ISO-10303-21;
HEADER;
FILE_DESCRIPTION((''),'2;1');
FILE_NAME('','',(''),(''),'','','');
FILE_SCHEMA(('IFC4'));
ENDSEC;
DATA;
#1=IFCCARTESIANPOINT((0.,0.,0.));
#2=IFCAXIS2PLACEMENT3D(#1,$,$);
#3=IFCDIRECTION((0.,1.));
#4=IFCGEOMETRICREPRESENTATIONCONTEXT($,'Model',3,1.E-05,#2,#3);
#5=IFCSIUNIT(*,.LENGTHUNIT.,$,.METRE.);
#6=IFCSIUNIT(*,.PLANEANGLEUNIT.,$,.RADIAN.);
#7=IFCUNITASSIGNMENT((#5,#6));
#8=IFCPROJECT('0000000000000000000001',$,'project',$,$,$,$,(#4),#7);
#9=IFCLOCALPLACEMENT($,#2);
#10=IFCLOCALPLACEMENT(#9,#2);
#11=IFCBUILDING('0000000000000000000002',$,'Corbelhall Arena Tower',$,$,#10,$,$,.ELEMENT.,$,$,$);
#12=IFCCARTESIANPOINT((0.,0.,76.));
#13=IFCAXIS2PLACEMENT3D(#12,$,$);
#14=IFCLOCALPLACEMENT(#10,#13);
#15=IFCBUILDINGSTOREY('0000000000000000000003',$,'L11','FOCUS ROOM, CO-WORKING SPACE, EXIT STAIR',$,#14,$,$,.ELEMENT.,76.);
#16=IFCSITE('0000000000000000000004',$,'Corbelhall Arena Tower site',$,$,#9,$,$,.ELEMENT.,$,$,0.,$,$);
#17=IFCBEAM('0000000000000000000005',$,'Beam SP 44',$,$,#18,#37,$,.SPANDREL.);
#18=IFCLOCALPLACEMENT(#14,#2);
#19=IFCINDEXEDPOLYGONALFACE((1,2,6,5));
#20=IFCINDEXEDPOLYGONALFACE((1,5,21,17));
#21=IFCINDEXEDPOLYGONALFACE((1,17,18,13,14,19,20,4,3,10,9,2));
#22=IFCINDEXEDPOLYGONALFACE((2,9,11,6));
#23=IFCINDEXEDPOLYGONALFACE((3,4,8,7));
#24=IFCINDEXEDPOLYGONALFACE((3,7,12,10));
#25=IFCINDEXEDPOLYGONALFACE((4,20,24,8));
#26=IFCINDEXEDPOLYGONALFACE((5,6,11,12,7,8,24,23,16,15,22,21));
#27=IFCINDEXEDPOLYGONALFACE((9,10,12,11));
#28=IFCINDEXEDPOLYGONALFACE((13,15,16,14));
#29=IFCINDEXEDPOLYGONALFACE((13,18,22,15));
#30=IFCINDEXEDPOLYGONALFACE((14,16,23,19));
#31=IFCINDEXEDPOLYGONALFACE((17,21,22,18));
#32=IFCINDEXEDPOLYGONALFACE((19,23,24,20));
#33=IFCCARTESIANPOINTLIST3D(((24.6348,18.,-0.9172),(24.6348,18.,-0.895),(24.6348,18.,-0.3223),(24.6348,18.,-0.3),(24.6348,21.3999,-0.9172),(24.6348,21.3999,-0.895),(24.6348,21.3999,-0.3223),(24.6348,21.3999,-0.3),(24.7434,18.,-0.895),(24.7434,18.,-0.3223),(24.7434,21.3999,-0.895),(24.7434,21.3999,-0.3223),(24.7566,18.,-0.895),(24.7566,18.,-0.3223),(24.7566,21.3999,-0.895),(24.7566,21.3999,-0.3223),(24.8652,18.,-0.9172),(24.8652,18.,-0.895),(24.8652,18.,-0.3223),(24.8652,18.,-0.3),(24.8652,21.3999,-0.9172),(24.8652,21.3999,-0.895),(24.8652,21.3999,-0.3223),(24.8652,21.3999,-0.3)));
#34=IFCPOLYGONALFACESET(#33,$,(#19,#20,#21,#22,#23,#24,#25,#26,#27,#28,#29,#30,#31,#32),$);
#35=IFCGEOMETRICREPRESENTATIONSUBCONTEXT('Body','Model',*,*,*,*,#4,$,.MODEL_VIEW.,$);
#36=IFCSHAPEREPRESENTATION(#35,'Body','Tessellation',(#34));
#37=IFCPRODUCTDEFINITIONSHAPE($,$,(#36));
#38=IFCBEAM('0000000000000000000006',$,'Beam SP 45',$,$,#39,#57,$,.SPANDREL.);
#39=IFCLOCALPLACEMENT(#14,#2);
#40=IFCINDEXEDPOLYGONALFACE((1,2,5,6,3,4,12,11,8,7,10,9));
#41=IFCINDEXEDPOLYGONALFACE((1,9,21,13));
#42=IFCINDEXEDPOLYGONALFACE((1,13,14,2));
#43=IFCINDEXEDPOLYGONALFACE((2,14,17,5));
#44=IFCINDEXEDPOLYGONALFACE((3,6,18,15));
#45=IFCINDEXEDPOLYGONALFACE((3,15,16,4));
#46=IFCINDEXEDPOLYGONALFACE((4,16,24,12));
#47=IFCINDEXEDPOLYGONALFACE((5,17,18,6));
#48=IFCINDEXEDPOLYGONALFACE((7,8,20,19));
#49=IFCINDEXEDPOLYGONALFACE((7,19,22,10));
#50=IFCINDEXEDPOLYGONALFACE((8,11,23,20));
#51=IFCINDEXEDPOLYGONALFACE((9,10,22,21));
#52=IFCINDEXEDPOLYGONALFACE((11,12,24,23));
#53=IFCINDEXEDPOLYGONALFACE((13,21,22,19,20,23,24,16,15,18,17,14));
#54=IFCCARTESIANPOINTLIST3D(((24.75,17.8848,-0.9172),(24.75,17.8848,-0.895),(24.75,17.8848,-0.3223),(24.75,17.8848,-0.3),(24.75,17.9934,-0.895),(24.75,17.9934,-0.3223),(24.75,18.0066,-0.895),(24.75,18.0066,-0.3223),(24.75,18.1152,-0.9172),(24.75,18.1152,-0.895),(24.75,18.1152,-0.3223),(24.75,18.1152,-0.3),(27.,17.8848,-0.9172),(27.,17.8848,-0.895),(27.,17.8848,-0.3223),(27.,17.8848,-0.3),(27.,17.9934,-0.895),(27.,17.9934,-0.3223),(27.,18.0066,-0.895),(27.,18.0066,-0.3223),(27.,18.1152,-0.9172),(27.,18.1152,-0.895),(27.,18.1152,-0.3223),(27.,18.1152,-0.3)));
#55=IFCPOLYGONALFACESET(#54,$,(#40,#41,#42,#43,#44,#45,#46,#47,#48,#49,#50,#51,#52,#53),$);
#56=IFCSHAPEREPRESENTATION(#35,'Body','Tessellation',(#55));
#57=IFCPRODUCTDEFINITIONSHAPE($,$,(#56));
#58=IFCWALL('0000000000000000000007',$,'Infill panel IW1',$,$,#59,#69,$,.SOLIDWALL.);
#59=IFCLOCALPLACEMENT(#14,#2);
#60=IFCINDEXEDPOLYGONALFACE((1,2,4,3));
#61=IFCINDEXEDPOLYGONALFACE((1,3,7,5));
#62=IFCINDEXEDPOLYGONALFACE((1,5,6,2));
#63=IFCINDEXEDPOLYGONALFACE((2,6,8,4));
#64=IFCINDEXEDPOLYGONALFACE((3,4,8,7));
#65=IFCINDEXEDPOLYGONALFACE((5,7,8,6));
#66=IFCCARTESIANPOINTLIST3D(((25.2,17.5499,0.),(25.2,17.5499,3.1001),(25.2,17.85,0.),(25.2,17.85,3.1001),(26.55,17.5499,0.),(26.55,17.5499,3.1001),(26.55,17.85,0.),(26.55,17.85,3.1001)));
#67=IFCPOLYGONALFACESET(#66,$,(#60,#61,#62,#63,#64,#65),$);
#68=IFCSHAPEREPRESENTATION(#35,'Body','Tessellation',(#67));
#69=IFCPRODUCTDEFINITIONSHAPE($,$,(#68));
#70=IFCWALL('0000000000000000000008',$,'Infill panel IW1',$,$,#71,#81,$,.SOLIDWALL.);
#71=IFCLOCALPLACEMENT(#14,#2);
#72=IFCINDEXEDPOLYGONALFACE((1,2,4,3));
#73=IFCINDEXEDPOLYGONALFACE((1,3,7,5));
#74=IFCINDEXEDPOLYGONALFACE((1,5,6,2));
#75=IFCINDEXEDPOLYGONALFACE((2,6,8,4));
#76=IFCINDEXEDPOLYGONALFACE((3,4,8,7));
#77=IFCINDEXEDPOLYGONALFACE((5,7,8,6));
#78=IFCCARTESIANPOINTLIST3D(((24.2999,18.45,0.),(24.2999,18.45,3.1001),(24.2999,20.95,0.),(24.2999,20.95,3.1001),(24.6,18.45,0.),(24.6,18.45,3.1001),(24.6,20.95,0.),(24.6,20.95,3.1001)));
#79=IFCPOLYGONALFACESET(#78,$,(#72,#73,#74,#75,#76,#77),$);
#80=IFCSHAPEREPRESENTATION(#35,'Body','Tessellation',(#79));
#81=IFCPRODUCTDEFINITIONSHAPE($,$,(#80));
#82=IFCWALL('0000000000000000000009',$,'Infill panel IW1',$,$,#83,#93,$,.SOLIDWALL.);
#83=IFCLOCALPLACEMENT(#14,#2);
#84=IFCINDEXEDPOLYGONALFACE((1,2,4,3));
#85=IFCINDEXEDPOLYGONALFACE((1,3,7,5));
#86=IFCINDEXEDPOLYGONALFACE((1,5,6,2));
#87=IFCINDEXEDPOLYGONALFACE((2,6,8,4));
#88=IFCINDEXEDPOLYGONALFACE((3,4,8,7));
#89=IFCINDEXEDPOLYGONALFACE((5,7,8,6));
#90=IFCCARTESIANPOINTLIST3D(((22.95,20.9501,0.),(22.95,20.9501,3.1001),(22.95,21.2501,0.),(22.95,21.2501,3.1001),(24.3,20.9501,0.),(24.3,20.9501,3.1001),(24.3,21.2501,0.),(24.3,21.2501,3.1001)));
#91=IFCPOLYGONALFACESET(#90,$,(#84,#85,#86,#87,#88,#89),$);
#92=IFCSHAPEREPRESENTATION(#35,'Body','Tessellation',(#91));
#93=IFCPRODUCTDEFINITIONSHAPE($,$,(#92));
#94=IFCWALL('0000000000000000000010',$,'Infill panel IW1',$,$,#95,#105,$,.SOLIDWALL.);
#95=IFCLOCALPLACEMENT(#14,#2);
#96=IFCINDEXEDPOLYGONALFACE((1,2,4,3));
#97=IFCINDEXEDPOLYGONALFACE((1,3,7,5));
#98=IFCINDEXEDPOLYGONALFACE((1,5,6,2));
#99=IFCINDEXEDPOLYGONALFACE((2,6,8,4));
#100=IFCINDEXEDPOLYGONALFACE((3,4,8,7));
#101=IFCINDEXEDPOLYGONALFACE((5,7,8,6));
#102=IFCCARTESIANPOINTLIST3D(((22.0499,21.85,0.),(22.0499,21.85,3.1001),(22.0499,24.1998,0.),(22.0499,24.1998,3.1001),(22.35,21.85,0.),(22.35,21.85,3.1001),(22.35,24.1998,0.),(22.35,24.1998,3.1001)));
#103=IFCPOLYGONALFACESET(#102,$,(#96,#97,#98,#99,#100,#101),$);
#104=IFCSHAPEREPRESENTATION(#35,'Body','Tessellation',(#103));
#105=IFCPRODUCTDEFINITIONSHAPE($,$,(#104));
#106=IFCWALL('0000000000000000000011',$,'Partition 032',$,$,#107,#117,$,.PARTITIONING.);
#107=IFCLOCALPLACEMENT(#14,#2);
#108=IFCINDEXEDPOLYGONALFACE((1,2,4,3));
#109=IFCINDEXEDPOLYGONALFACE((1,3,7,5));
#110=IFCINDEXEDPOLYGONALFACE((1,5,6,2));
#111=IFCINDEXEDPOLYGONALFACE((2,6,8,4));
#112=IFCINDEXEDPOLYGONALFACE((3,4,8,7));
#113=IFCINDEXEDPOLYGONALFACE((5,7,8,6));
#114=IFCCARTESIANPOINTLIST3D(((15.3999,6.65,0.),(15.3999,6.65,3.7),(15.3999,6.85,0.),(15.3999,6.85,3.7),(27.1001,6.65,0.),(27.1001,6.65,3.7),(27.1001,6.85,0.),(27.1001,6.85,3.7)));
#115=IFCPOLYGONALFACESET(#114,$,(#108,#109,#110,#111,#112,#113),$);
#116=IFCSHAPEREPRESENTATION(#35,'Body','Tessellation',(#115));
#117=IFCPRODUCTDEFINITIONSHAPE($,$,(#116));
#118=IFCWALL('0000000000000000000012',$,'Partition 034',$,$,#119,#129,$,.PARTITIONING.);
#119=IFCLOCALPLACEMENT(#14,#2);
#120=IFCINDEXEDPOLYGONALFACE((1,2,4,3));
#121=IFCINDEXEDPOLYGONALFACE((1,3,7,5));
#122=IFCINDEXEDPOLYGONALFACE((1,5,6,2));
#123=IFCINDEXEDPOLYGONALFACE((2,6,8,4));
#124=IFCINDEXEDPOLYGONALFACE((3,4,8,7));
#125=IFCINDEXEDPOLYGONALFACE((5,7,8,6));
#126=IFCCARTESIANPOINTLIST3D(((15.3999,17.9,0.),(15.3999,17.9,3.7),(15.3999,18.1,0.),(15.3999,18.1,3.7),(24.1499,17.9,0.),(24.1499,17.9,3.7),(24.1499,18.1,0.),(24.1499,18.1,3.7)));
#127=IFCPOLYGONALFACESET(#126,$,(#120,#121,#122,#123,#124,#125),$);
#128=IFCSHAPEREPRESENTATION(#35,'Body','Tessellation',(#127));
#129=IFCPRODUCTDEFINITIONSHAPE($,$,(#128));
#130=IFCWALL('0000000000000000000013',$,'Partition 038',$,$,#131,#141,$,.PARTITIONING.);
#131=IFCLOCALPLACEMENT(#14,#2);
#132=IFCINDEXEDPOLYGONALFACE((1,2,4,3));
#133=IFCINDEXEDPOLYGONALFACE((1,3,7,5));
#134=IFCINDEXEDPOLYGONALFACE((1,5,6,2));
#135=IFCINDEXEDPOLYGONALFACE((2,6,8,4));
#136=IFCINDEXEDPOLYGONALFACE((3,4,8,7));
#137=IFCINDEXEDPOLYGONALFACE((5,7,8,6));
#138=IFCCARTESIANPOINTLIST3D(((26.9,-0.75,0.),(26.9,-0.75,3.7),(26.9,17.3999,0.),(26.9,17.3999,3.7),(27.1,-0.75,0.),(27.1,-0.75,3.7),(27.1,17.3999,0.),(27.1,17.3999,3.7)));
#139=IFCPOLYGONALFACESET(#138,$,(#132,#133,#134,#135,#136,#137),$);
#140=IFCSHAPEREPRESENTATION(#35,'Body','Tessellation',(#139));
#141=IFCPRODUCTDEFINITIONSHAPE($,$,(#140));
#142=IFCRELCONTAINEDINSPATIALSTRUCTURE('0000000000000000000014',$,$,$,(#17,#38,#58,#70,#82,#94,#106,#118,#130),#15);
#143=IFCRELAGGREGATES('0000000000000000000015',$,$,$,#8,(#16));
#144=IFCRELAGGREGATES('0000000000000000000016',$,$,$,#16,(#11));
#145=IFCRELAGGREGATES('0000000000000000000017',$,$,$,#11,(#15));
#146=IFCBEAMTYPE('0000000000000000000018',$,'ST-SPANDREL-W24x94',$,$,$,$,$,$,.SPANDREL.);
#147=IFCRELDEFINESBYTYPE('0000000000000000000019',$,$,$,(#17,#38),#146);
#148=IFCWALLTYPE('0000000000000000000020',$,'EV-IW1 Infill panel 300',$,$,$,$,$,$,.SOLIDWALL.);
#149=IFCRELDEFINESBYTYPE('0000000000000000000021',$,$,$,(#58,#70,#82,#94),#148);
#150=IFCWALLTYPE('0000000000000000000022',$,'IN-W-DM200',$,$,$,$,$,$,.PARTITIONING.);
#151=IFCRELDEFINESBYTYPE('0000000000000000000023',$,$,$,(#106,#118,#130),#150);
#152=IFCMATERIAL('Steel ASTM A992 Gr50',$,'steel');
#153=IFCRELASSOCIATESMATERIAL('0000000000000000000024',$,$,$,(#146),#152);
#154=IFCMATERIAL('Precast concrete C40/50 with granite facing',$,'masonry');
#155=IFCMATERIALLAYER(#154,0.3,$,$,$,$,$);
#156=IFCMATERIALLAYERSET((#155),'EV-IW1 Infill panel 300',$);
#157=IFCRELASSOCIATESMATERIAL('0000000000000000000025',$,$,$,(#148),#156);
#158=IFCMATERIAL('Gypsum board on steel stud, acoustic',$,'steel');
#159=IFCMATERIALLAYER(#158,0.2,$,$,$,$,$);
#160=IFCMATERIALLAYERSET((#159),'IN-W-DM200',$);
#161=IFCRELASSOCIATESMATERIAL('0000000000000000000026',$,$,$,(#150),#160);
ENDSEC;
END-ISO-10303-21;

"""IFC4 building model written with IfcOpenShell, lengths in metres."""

from ifc_helpers import new_model, si_unit, direction, frame, frame_2d, origin, origin_2d, place, context, subcontext, project, spatial, rectangle, i_section, extrude, material, layer, layer_set, material_profile, profile_set, type_object, element, save


model = new_model("IFC4")

# Units and contexts
model_context = context("Model", 3, precision=1e-05, world=origin(), true_north=direction((0.0, 1.0)))
body_context = subcontext(model_context, "Body", "Model", "MODEL_VIEW")
ifc_project = project(units=[si_unit("LENGTHUNIT", "METRE"), si_unit("PLANEANGLEUNIT", "RADIAN")], contexts=[model_context])

# Site, building, storey
site_placement = place(None, origin())
site = spatial("IfcSite", under=ifc_project, at=site_placement, Name="Corbelhall Arena Tower site", CompositionType="ELEMENT", RefElevation=0.0)
building_placement = place(site_placement, origin())
building = spatial("IfcBuilding", under=site, at=building_placement, Name="Corbelhall Arena Tower", CompositionType="ELEMENT")
storey_placement = place(building_placement, frame((0.0, 0.0, 76.0)))
storey = spatial("IfcBuildingStorey", under=building, at=storey_placement, Name="L11", Description="FOCUS ROOM, CO-WORKING SPACE, EXIT STAIR", CompositionType="ELEMENT", Elevation=76.0)

# Beams
ifc_material_1 = material(Name="Steel ASTM A992 Gr50", Category="steel")
ifc_material_profile_1 = material_profile(ifc_material_1, i_section(OverallWidth=0.2305, OverallDepth=0.6172, WebThickness=0.0132, FlangeThickness=0.0222, at=origin_2d()))
ifc_profile_set_1 = profile_set([ifc_material_profile_1], Name="Steel ASTM A992 Gr50")
beam_type = type_object("IfcBeamType", Name="ST-SPANDREL-W24x94", PredefinedType="SPANDREL", material=ifc_profile_set_1)
beam_1_placement = place(storey_placement, frame((24.75, 21.3999, -0.6086), z_axis=(0.0, -1.0, 0.0), x_axis=(1.0, 0.0, 0.0)))
element("IfcBeam", 1, at=beam_1_placement, inside=storey, type_object=beam_type, Name="Beam SP 44", PredefinedType="SPANDREL", context=body_context, shape_type="SweptSolid", body=[
    extrude(i_section(OverallWidth=0.2305, OverallDepth=0.6172, WebThickness=0.0132, FlangeThickness=0.0222, at=origin_2d()), origin(), (0.0, 0.0, 1.0), 3.3999),
])
beam_2_placement = place(storey_placement, frame((24.75, 18.0, -0.6086), z_axis=(1.0, 0.0, 0.0), x_axis=(0.0, 1.0, 0.0)))
element("IfcBeam", 2, at=beam_2_placement, inside=storey, type_object=beam_type, Name="Beam SP 45", PredefinedType="SPANDREL", context=body_context, shape_type="SweptSolid", body=[
    extrude(i_section(OverallWidth=0.2305, OverallDepth=0.6172, WebThickness=0.0132, FlangeThickness=0.0222, at=origin_2d()), origin(), (0.0, 0.0, 1.0), 2.25),
])

# Walls
ifc_material_2 = material(Name="Precast concrete C40/50 with granite facing", Category="masonry")
ifc_layer_1 = layer(ifc_material_2, 0.3)
ifc_layer_set_1 = layer_set([ifc_layer_1], Name="EV-IW1 Infill panel 300")
wall_type_1 = type_object("IfcWallType", Name="EV-IW1 Infill panel 300", PredefinedType="SOLIDWALL", material=ifc_layer_set_1)
wall_1_placement = place(storey_placement, frame((26.55, 17.7, 0.0), z_axis=(0.0, 0.0, 1.0), x_axis=(-1.0, 0.0, 0.0)))
element("IfcWall", 3, at=wall_1_placement, inside=storey, type_object=wall_type_1, Name="Infill panel IW1", PredefinedType="SOLIDWALL", context=body_context, shape_type="SweptSolid", body=[
    extrude(rectangle(XDim=1.3501, YDim=0.3, at=frame_2d((0.675, 0.0))), origin(), (0.0, 0.0, 1.0), 3.1001),
])
wall_2_placement = place(storey_placement, frame((24.45, 18.45, 0.0), z_axis=(0.0, 0.0, 1.0), x_axis=(0.0, 1.0, 0.0)))
element("IfcWall", 4, at=wall_2_placement, inside=storey, type_object=wall_type_1, Name="Infill panel IW1", PredefinedType="SOLIDWALL", context=body_context, shape_type="SweptSolid", body=[
    extrude(rectangle(XDim=2.5, YDim=0.3, at=frame_2d((1.25, 0.0))), origin(), (0.0, 0.0, 1.0), 3.1001),
])
wall_3_placement = place(storey_placement, frame((24.3, 21.1001, 0.0), z_axis=(0.0, 0.0, 1.0), x_axis=(-1.0, 0.0, 0.0)))
element("IfcWall", 5, at=wall_3_placement, inside=storey, type_object=wall_type_1, Name="Infill panel IW1", PredefinedType="SOLIDWALL", context=body_context, shape_type="SweptSolid", body=[
    extrude(rectangle(XDim=1.3501, YDim=0.3, at=frame_2d((0.675, 0.0))), origin(), (0.0, 0.0, 1.0), 3.1001),
])
wall_4_placement = place(storey_placement, frame((22.2, 21.8501, 0.0), z_axis=(0.0, 0.0, 1.0), x_axis=(0.0, 1.0, 0.0)))
element("IfcWall", 6, at=wall_4_placement, inside=storey, type_object=wall_type_1, Name="Infill panel IW1", PredefinedType="SOLIDWALL", context=body_context, shape_type="SweptSolid", body=[
    extrude(rectangle(XDim=2.3499, YDim=0.3, at=frame_2d((1.1748, 0.0))), origin(), (0.0, 0.0, 1.0), 3.1001),
])

# Wall
ifc_material_3 = material(Name="Gypsum board on steel stud, acoustic", Category="steel")
ifc_layer_2 = layer(ifc_material_3, 0.2)
ifc_layer_set_2 = layer_set([ifc_layer_2], Name="IN-W-DM200")
wall_type_2 = type_object("IfcWallType", Name="IN-W-DM200", PredefinedType="PARTITIONING", material=ifc_layer_set_2)
wall_5_placement = place(storey_placement, frame((15.3999, 6.75, 0.0), z_axis=(0.0, 0.0, 1.0), x_axis=(1.0, 0.0, 0.0)))
element("IfcWall", 7, at=wall_5_placement, inside=storey, type_object=wall_type_2, Name="Partition 032", PredefinedType="PARTITIONING", context=body_context, shape_type="SweptSolid", body=[
    extrude(rectangle(XDim=11.7002, YDim=0.2, at=frame_2d((5.8501, 0.0))), origin(), (0.0, 0.0, 1.0), 3.7),
])

# Wall
wall_6_placement = place(storey_placement, frame((15.3999, 18.0, 0.0), z_axis=(0.0, 0.0, 1.0), x_axis=(1.0, 0.0, 0.0)))
element("IfcWall", 8, at=wall_6_placement, inside=storey, type_object=wall_type_2, Name="Partition 034", PredefinedType="PARTITIONING", context=body_context, shape_type="SweptSolid", body=[
    extrude(rectangle(XDim=8.75, YDim=0.2, at=frame_2d((4.375, 0.0))), origin(), (0.0, 0.0, 1.0), 3.7),
])

# Wall
wall_7_placement = place(storey_placement, frame((27.0, 17.3999, 0.0), z_axis=(0.0, 0.0, 1.0), x_axis=(0.0, -1.0, 0.0)))
element("IfcWall", 9, at=wall_7_placement, inside=storey, type_object=wall_type_2, Name="Partition 038", PredefinedType="PARTITIONING", context=body_context, shape_type="SweptSolid", body=[
    extrude(rectangle(XDim=18.1499, YDim=0.2, at=frame_2d((9.075, 0.0))), origin(), (0.0, 0.0, 1.0), 3.7),
])

save(model, "model.ifc")
